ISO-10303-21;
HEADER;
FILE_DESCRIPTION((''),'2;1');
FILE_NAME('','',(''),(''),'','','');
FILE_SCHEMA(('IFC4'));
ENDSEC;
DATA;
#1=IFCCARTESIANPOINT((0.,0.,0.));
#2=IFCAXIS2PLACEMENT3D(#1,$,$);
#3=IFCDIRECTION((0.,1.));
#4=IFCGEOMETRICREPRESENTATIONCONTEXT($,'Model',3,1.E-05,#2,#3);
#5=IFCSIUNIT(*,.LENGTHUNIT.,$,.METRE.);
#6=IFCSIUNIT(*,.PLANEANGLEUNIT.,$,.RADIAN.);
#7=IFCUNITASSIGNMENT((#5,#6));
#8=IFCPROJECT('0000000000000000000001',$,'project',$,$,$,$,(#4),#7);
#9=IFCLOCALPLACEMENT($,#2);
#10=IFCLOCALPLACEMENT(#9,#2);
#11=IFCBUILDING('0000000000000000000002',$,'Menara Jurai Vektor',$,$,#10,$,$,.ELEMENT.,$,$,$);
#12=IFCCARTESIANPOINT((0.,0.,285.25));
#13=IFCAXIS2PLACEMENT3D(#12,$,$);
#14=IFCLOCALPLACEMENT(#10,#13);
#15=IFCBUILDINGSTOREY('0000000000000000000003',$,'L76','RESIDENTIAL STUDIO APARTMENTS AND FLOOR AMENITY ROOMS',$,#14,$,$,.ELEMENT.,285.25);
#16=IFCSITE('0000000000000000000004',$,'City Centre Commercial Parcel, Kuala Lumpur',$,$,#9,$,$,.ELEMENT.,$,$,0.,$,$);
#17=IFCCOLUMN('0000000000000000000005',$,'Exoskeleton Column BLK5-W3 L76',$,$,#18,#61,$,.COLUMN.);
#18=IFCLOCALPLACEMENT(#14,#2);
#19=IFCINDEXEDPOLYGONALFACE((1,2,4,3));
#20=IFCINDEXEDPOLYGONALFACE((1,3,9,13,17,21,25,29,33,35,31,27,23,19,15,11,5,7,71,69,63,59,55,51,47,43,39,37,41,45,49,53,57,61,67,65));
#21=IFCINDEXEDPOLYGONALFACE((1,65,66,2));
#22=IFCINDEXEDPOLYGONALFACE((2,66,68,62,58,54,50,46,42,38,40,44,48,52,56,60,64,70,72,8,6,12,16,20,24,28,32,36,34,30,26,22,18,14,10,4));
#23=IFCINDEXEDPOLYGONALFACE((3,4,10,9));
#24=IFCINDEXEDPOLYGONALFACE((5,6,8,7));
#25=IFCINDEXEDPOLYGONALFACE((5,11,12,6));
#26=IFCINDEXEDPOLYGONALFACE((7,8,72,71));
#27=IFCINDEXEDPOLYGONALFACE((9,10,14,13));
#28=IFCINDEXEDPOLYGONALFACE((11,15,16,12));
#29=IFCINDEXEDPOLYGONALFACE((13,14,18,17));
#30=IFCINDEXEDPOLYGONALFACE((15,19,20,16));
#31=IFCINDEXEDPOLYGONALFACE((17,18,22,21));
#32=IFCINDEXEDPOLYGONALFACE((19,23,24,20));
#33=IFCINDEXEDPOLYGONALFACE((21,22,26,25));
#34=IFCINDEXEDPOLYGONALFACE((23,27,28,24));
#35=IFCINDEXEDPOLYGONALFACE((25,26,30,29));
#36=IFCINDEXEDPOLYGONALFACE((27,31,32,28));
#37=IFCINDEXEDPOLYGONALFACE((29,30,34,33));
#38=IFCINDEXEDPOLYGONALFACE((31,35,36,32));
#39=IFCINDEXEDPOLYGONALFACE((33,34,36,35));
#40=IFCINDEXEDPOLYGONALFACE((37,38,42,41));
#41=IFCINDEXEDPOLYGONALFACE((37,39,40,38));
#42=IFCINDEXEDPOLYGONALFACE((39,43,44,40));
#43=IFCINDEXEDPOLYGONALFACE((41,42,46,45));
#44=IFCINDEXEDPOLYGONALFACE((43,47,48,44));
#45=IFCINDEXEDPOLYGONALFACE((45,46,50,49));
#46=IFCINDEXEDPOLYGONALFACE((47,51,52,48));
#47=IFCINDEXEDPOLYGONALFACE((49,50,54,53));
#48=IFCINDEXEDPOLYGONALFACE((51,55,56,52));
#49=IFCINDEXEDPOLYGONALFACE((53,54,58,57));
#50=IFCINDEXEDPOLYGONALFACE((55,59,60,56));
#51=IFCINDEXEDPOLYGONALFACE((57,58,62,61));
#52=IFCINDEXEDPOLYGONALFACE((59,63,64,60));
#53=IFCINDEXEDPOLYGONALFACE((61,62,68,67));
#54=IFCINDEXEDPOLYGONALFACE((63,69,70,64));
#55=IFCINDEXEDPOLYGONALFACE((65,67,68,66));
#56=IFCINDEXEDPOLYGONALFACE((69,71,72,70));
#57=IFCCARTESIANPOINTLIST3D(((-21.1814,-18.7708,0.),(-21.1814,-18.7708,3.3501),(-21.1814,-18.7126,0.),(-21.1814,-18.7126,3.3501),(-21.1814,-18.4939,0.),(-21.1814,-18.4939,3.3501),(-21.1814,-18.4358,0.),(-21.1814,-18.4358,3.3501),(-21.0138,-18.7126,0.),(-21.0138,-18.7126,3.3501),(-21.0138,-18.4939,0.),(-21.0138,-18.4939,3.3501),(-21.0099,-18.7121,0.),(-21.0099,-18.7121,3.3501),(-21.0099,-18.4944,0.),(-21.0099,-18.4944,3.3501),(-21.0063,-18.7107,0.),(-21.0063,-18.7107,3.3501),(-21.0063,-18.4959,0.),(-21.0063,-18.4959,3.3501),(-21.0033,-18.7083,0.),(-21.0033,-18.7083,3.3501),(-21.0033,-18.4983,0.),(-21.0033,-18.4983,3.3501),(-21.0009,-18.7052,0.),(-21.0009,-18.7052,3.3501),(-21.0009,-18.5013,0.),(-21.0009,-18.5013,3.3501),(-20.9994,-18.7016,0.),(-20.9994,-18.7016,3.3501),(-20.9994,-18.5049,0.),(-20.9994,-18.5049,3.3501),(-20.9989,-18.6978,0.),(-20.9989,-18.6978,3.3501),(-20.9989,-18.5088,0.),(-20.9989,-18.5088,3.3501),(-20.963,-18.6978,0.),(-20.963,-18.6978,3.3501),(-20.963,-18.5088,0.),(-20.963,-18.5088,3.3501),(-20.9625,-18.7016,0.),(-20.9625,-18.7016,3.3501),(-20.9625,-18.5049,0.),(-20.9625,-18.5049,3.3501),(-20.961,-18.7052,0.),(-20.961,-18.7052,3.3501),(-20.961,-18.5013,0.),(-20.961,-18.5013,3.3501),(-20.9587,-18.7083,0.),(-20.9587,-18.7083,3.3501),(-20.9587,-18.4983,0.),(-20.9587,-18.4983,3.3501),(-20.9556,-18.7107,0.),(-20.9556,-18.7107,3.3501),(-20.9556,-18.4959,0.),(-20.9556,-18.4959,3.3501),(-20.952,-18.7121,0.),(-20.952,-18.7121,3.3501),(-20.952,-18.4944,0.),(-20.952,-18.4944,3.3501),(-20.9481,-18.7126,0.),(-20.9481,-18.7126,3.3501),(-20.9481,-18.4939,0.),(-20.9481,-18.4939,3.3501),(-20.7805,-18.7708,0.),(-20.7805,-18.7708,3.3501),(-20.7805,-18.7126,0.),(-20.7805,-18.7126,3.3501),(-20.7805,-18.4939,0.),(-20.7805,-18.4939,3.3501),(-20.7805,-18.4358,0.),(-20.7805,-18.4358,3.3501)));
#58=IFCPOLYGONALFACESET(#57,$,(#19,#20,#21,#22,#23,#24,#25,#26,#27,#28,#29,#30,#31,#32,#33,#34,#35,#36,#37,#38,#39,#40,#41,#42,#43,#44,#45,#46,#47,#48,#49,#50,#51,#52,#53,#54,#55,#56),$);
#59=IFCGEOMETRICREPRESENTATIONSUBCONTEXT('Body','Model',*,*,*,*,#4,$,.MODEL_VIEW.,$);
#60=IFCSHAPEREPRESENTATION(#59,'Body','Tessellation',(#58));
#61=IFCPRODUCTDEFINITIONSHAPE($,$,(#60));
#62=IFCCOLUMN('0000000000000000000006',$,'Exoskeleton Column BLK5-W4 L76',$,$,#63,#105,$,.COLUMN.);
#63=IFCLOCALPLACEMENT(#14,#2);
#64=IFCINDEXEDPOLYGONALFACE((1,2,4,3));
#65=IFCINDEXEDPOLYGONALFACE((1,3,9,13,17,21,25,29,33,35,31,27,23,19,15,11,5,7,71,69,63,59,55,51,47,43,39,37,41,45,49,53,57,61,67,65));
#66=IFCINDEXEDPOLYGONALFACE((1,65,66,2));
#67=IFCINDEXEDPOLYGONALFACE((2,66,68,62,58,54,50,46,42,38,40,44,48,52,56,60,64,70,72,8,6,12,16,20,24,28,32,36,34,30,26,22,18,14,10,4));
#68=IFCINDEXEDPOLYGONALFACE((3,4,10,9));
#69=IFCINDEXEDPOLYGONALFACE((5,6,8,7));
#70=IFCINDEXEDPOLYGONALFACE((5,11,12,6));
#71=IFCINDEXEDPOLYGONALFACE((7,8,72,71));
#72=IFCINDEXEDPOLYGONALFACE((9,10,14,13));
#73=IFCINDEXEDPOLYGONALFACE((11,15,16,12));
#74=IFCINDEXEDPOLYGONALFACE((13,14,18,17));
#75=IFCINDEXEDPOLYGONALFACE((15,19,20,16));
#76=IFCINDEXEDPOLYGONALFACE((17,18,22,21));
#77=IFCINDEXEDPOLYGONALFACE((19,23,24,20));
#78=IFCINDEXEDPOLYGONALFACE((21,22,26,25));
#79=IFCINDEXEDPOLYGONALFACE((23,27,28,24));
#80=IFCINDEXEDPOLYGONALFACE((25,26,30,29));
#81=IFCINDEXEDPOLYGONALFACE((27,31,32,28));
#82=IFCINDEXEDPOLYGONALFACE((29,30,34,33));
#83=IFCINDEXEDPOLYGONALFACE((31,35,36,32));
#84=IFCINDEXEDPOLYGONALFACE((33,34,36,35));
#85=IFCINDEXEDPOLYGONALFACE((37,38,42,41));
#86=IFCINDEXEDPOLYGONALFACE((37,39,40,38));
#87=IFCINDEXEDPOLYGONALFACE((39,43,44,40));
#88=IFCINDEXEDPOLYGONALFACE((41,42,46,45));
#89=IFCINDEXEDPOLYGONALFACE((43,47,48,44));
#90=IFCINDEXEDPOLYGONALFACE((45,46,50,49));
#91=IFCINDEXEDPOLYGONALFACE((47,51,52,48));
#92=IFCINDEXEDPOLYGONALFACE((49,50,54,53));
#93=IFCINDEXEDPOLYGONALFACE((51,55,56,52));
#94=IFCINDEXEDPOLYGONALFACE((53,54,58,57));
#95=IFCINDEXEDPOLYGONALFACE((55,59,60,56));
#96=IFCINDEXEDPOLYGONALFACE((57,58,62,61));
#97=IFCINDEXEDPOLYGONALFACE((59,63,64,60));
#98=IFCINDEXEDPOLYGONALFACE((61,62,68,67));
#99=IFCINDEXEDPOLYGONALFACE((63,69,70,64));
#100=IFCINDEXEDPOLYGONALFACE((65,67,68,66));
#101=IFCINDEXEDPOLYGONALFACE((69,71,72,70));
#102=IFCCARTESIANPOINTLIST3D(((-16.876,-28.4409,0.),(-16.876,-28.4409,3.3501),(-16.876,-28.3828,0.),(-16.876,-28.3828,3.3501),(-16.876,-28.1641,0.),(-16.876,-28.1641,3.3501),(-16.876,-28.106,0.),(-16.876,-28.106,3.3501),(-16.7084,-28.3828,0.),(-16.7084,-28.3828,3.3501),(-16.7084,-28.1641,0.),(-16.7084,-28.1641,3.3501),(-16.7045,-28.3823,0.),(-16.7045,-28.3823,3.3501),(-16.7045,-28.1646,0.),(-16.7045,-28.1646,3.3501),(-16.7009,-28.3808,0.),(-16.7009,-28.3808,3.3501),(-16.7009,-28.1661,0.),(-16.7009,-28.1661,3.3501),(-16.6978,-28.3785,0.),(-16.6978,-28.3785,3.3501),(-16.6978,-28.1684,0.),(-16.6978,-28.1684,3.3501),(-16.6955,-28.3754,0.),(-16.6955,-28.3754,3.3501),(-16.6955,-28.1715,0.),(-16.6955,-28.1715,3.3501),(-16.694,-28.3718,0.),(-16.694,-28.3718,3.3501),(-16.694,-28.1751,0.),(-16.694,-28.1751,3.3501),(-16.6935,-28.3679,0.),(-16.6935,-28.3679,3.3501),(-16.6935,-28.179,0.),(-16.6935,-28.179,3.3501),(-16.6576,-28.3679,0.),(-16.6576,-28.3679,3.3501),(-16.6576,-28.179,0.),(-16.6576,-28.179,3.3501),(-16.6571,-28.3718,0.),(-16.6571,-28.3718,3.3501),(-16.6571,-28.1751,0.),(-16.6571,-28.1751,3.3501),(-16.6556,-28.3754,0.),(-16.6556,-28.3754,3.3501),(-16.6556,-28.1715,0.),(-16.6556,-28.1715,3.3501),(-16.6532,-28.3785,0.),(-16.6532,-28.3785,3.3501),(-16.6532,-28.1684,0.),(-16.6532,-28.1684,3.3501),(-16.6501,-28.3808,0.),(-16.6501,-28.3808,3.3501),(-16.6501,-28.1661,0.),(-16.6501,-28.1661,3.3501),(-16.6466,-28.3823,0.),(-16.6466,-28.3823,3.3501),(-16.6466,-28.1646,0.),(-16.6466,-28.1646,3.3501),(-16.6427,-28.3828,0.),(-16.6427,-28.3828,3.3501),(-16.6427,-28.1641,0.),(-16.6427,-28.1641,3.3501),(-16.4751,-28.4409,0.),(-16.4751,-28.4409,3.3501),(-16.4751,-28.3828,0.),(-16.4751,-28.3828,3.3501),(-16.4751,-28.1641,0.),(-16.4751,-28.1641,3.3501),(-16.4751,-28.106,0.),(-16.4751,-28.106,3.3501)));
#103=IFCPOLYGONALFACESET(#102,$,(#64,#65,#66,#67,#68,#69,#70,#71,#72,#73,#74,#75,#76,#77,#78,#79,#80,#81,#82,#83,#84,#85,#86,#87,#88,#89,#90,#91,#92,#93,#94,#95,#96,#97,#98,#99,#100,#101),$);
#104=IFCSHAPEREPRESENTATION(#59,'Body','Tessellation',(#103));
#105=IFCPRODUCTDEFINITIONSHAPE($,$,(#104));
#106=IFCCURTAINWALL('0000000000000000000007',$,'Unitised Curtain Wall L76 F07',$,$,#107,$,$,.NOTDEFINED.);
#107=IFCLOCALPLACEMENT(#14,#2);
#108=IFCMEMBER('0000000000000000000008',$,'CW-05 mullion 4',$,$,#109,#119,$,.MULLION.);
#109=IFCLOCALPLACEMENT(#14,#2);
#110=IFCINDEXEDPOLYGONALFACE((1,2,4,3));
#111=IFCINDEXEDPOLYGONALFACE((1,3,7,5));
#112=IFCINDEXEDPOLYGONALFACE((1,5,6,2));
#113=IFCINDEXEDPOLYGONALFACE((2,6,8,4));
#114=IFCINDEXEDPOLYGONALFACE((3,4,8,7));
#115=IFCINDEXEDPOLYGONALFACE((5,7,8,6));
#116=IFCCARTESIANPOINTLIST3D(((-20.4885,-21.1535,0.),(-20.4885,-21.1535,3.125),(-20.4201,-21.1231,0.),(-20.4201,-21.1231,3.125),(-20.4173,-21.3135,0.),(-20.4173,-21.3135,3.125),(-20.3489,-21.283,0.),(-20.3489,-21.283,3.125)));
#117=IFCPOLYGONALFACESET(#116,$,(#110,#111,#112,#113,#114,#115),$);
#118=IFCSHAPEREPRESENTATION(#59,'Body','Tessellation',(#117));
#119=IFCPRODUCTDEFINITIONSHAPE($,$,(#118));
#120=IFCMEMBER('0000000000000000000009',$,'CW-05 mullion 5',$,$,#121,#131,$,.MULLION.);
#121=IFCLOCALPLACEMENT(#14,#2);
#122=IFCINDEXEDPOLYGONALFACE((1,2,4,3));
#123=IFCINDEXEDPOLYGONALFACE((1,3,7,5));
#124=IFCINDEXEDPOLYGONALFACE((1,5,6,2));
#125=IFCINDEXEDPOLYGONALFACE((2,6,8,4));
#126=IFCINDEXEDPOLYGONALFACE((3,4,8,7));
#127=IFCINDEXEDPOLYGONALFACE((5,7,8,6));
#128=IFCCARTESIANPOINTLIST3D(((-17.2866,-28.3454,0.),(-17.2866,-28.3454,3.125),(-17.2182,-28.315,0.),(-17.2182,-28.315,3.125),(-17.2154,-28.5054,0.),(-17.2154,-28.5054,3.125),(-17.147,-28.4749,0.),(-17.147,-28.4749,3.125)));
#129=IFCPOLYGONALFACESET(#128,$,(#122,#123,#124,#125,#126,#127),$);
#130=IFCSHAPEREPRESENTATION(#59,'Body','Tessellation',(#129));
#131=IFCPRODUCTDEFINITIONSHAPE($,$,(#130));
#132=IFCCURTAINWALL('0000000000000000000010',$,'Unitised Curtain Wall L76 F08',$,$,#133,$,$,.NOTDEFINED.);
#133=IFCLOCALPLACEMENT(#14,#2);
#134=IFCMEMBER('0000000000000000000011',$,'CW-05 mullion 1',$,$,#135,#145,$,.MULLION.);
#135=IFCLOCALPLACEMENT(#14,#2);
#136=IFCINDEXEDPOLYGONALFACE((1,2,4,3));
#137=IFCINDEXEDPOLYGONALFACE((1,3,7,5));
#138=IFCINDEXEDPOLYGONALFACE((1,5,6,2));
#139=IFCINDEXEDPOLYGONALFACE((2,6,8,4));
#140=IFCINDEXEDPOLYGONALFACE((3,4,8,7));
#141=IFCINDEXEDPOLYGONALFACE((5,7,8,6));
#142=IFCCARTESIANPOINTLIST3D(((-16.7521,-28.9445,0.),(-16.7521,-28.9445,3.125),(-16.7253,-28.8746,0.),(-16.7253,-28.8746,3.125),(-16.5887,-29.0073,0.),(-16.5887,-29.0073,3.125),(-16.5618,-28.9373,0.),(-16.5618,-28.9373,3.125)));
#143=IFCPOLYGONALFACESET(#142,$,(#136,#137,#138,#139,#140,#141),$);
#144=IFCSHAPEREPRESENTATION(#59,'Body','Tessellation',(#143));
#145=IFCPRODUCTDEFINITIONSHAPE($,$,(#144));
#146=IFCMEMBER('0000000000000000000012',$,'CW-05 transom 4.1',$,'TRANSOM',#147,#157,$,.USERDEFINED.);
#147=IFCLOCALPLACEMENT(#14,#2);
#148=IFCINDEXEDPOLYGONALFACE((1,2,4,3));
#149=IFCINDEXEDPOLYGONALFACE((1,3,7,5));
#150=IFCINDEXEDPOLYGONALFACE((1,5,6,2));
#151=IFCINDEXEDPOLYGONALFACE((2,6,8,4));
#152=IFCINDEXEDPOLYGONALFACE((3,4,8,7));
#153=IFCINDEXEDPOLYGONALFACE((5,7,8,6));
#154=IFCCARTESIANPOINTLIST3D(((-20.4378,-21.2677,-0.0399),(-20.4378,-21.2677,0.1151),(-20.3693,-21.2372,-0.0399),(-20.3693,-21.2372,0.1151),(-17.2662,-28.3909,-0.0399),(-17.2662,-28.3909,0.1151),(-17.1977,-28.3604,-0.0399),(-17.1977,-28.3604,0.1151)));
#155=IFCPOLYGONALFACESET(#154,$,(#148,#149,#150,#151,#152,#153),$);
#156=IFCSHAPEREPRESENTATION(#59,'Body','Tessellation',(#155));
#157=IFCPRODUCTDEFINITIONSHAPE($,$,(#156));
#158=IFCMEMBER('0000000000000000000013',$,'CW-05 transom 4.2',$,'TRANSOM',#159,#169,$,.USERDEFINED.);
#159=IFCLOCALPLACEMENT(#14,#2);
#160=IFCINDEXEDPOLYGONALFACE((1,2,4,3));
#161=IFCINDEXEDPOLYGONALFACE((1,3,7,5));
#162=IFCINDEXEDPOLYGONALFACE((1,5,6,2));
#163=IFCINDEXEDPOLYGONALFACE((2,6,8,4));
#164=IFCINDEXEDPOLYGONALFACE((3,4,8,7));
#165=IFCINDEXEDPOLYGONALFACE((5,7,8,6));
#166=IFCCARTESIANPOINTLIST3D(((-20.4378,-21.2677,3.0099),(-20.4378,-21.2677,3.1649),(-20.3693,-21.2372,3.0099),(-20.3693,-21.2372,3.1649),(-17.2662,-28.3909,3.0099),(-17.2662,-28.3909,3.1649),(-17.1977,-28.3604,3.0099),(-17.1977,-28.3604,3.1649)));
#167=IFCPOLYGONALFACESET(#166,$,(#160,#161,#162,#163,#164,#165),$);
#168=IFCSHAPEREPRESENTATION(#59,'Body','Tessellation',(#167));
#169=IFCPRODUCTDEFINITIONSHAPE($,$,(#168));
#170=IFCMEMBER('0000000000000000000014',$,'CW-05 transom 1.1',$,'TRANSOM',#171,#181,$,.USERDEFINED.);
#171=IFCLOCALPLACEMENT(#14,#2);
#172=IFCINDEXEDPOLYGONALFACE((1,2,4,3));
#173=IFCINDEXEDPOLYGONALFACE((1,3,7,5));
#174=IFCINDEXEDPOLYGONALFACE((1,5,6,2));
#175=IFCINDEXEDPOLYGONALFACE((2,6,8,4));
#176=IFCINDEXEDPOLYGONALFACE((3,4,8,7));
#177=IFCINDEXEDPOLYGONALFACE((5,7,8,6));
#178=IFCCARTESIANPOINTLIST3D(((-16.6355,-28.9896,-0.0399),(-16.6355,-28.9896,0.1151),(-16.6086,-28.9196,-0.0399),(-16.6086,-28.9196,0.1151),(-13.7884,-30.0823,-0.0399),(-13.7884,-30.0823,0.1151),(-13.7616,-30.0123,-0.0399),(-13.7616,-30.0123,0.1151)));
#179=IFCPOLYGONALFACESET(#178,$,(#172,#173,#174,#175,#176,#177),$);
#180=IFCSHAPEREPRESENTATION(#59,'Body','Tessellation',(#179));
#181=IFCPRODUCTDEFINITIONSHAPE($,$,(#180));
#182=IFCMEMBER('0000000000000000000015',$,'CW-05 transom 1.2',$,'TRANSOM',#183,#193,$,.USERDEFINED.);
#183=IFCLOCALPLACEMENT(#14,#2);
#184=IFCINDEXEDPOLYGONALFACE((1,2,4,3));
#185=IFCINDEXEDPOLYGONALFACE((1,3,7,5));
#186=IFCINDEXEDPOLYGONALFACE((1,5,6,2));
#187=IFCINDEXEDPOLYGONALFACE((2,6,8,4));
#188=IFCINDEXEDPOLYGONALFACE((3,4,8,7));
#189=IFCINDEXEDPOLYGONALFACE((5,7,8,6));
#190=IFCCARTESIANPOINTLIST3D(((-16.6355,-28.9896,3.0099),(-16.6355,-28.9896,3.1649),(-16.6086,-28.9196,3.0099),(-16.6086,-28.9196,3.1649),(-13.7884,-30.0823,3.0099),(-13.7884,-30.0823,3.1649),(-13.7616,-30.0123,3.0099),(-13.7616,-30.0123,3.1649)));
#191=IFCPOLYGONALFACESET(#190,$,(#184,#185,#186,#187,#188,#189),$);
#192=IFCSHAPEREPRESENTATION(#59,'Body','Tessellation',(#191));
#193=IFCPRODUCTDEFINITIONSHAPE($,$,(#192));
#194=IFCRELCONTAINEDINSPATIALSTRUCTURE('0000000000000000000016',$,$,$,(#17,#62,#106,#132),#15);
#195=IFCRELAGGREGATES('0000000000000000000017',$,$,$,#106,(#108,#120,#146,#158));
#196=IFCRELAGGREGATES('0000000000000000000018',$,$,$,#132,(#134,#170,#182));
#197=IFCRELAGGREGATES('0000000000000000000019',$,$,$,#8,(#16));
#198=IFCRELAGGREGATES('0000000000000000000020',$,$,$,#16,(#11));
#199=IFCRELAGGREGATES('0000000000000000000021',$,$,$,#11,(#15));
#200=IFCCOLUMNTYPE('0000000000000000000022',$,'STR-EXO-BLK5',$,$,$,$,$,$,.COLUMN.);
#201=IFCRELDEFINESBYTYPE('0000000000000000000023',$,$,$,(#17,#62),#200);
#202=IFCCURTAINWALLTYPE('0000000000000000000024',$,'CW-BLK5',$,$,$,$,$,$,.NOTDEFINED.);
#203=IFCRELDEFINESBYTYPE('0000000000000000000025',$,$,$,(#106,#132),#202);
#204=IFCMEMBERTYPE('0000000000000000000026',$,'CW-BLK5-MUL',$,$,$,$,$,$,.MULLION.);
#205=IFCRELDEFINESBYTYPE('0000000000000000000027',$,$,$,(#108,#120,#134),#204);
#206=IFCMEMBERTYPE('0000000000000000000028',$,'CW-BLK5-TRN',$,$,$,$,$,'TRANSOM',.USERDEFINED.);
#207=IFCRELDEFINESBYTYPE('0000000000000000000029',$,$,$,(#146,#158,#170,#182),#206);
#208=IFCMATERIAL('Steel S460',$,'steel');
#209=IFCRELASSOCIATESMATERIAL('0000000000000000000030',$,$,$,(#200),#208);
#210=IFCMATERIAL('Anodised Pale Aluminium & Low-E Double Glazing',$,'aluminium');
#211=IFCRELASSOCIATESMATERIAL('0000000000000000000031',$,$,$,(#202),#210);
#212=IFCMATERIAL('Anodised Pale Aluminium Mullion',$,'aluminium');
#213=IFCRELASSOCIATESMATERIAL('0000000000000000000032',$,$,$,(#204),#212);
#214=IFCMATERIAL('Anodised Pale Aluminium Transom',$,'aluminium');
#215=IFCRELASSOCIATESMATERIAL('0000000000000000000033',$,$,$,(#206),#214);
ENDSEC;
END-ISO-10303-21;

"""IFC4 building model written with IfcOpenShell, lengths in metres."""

from ifc_helpers import new_model, si_unit, direction, frame, origin, origin_2d, place, context, subcontext, project, spatial, rectangle, i_section, extrude, material, material_profile, profile_set, type_object, element, aggregate, save


model = new_model("IFC4")

# Units and contexts
model_context = context("Model", 3, precision=1e-05, world=origin(), true_north=direction((0.0, 1.0)))
body_context = subcontext(model_context, "Body", "Model", "MODEL_VIEW")
ifc_project = project(units=[si_unit("LENGTHUNIT", "METRE"), si_unit("PLANEANGLEUNIT", "RADIAN")], contexts=[model_context])

# Site, building, storey
site_placement = place(None, origin())
site = spatial("IfcSite", under=ifc_project, at=site_placement, Name="City Centre Commercial Parcel, Kuala Lumpur", CompositionType="ELEMENT", RefElevation=0.0)
building_placement = place(site_placement, origin())
building = spatial("IfcBuilding", under=site, at=building_placement, Name="Menara Jurai Vektor", CompositionType="ELEMENT")
storey_placement = place(building_placement, frame((0.0, 0.0, 285.25)))
storey = spatial("IfcBuildingStorey", under=building, at=storey_placement, Name="L76", Description="RESIDENTIAL STUDIO APARTMENTS AND FLOOR AMENITY ROOMS", CompositionType="ELEMENT", Elevation=285.25)

# Columns
ifc_material_1 = material(Name="Steel S460", Category="steel")
ifc_material_profile_1 = material_profile(ifc_material_1, i_section(OverallWidth=0.4009, OverallDepth=0.335, WebThickness=0.0359, FlangeThickness=0.0581, FilletRadius=0.0149, at=origin_2d()), Name="HD 400x463")
ifc_profile_set_1 = profile_set([ifc_material_profile_1], Name="Steel S460")
column_type = type_object("IfcColumnType", Name="STR-EXO-BLK5", PredefinedType="COLUMN", material=ifc_profile_set_1)
for number, where, z_axis, x_axis, name in (
    (1, (-20.981, -18.6033, 0.0), (0.0, 0.0, 1.0), (1.0, 0.0, 0.0), "Exoskeleton Column BLK5-W3 L76"),
    (2, (-16.6755, -28.2734, 0.0), (0.0, 0.0, 1.0), (1.0, 0.0, 0.0), "Exoskeleton Column BLK5-W4 L76"),
):
    element("IfcColumn", number, at=place(storey_placement, frame(where, z_axis=z_axis, x_axis=x_axis)), inside=storey, type_object=column_type, Name=name, PredefinedType="COLUMN", context=body_context, shape_type="SweptSolid", body=[
        extrude(i_section(OverallWidth=0.4009, OverallDepth=0.335, WebThickness=0.0359, FlangeThickness=0.0581, FilletRadius=0.0149, at=origin_2d()), origin(), (0.0, 0.0, 1.0), 3.3501),
    ])

# Curtain wall, members
ifc_material_2 = material(Name="Anodised Pale Aluminium & Low-E Double Glazing", Category="aluminium")
curtain_wall_type = type_object("IfcCurtainWallType", Name="CW-BLK5", PredefinedType="NOTDEFINED", material=ifc_material_2)
curtain_wall_1_placement = place(storey_placement, origin())
curtain_wall_1 = element("IfcCurtainWall", 3, at=curtain_wall_1_placement, inside=storey, type_object=curtain_wall_type, Name="Unitised Curtain Wall L76 F07", PredefinedType="NOTDEFINED")
ifc_material_3 = material(Name="Anodised Pale Aluminium Mullion", Category="aluminium")
ifc_material_profile_2 = material_profile(ifc_material_3, rectangle(XDim=0.075, YDim=0.175, at=origin_2d()), Name="ALU MUL 75x175")
ifc_profile_set_2 = profile_set([ifc_material_profile_2], Name="Anodised Pale Aluminium Mullion")
member_type_1 = type_object("IfcMemberType", Name="CW-BLK5-MUL", PredefinedType="MULLION", material=ifc_profile_set_2)
member_1_placement = place(storey_placement, frame((-20.4187, -21.2183, 0.0), z_axis=(0.0, 0.0, 1.0), x_axis=(0.913546, 0.406735, 0.0)))
member_1 = element("IfcMember", 4, at=member_1_placement, type_object=member_type_1, Name="CW-05 mullion 4", PredefinedType="MULLION", context=body_context, shape_type="SweptSolid", body=[
    extrude(rectangle(XDim=0.075, YDim=0.175, at=origin_2d()), origin(), (0.0, 0.0, 1.0), 3.125),
])
member_2_placement = place(storey_placement, frame((-17.2168, -28.4102, 0.0), z_axis=(0.0, 0.0, 1.0), x_axis=(0.913546, 0.406735, 0.0)))
member_2 = element("IfcMember", 5, at=member_2_placement, type_object=member_type_1, Name="CW-05 mullion 5", PredefinedType="MULLION", context=body_context, shape_type="SweptSolid", body=[
    extrude(rectangle(XDim=0.075, YDim=0.175, at=origin_2d()), origin(), (0.0, 0.0, 1.0), 3.125),
])

# Curtain wall, member
curtain_wall_2_placement = place(storey_placement, origin())
curtain_wall_2 = element("IfcCurtainWall", 6, at=curtain_wall_2_placement, inside=storey, type_object=curtain_wall_type, Name="Unitised Curtain Wall L76 F08", PredefinedType="NOTDEFINED")
member_3_placement = place(storey_placement, frame((-16.657, -28.9409, 0.0), z_axis=(0.0, 0.0, 1.0), x_axis=(0.358374, 0.933578, 0.0)))
member_3 = element("IfcMember", 7, at=member_3_placement, type_object=member_type_1, Name="CW-05 mullion 1", PredefinedType="MULLION", context=body_context, shape_type="SweptSolid", body=[
    extrude(rectangle(XDim=0.075, YDim=0.175, at=origin_2d()), origin(), (0.0, 0.0, 1.0), 3.125),
])

# Members
ifc_material_4 = material(Name="Anodised Pale Aluminium Transom", Category="aluminium")
ifc_material_profile_3 = material_profile(ifc_material_4, rectangle(XDim=0.075, YDim=0.155, at=origin_2d()), Name="ALU TRN 75x155")
ifc_profile_set_3 = profile_set([ifc_material_profile_3], Name="Anodised Pale Aluminium Transom")
member_type_2 = type_object("IfcMemberType", Name="CW-BLK5-TRN", ElementType="TRANSOM", PredefinedType="USERDEFINED", material=ifc_profile_set_3)
member_4_placement = place(storey_placement, frame((-20.4036, -21.2524, 0.0376), z_axis=(0.406751, -0.913539, 0.0), x_axis=(0.913539, 0.406751, 0.0)))
member_4 = element("IfcMember", 8, at=member_4_placement, type_object=member_type_2, Name="CW-05 transom 4.1", ObjectType="TRANSOM", PredefinedType="USERDEFINED", context=body_context, shape_type="SweptSolid", body=[
    extrude(rectangle(XDim=0.075, YDim=0.155, at=origin_2d()), origin(), (0.0, 0.0, 1.0), 7.7974),
])
member_5_placement = place(storey_placement, frame((-20.4036, -21.2524, 3.0874), z_axis=(0.406751, -0.913539, 0.0), x_axis=(0.913539, 0.406751, 0.0)))
member_5 = element("IfcMember", 9, at=member_5_placement, type_object=member_type_2, Name="CW-05 transom 4.2", ObjectType="TRANSOM", PredefinedType="USERDEFINED", context=body_context, shape_type="SweptSolid", body=[
    extrude(rectangle(XDim=0.075, YDim=0.155, at=origin_2d()), origin(), (0.0, 0.0, 1.0), 7.7974),
])
member_6_placement = place(storey_placement, frame((-16.6221, -28.9546, 0.0376), z_axis=(0.933597, -0.358325, 0.0), x_axis=(0.358325, 0.933597, 0.0)))
member_6 = element("IfcMember", 10, at=member_6_placement, type_object=member_type_2, Name="CW-05 transom 1.1", ObjectType="TRANSOM", PredefinedType="USERDEFINED", context=body_context, shape_type="SweptSolid", body=[
    extrude(rectangle(XDim=0.075, YDim=0.155, at=origin_2d()), origin(), (0.0, 0.0, 1.0), 3.0496),
])
member_7_placement = place(storey_placement, frame((-16.6221, -28.9546, 3.0874), z_axis=(0.933597, -0.358325, 0.0), x_axis=(0.358325, 0.933597, 0.0)))
member_7 = element("IfcMember", 11, at=member_7_placement, type_object=member_type_2, Name="CW-05 transom 1.2", ObjectType="TRANSOM", PredefinedType="USERDEFINED", context=body_context, shape_type="SweptSolid", body=[
    extrude(rectangle(XDim=0.075, YDim=0.155, at=origin_2d()), origin(), (0.0, 0.0, 1.0), 3.0496),
])

aggregate(curtain_wall_1, [member_1, member_2, member_4, member_5])
aggregate(curtain_wall_2, [member_3, member_6, member_7])

save(model, "model.ifc")
